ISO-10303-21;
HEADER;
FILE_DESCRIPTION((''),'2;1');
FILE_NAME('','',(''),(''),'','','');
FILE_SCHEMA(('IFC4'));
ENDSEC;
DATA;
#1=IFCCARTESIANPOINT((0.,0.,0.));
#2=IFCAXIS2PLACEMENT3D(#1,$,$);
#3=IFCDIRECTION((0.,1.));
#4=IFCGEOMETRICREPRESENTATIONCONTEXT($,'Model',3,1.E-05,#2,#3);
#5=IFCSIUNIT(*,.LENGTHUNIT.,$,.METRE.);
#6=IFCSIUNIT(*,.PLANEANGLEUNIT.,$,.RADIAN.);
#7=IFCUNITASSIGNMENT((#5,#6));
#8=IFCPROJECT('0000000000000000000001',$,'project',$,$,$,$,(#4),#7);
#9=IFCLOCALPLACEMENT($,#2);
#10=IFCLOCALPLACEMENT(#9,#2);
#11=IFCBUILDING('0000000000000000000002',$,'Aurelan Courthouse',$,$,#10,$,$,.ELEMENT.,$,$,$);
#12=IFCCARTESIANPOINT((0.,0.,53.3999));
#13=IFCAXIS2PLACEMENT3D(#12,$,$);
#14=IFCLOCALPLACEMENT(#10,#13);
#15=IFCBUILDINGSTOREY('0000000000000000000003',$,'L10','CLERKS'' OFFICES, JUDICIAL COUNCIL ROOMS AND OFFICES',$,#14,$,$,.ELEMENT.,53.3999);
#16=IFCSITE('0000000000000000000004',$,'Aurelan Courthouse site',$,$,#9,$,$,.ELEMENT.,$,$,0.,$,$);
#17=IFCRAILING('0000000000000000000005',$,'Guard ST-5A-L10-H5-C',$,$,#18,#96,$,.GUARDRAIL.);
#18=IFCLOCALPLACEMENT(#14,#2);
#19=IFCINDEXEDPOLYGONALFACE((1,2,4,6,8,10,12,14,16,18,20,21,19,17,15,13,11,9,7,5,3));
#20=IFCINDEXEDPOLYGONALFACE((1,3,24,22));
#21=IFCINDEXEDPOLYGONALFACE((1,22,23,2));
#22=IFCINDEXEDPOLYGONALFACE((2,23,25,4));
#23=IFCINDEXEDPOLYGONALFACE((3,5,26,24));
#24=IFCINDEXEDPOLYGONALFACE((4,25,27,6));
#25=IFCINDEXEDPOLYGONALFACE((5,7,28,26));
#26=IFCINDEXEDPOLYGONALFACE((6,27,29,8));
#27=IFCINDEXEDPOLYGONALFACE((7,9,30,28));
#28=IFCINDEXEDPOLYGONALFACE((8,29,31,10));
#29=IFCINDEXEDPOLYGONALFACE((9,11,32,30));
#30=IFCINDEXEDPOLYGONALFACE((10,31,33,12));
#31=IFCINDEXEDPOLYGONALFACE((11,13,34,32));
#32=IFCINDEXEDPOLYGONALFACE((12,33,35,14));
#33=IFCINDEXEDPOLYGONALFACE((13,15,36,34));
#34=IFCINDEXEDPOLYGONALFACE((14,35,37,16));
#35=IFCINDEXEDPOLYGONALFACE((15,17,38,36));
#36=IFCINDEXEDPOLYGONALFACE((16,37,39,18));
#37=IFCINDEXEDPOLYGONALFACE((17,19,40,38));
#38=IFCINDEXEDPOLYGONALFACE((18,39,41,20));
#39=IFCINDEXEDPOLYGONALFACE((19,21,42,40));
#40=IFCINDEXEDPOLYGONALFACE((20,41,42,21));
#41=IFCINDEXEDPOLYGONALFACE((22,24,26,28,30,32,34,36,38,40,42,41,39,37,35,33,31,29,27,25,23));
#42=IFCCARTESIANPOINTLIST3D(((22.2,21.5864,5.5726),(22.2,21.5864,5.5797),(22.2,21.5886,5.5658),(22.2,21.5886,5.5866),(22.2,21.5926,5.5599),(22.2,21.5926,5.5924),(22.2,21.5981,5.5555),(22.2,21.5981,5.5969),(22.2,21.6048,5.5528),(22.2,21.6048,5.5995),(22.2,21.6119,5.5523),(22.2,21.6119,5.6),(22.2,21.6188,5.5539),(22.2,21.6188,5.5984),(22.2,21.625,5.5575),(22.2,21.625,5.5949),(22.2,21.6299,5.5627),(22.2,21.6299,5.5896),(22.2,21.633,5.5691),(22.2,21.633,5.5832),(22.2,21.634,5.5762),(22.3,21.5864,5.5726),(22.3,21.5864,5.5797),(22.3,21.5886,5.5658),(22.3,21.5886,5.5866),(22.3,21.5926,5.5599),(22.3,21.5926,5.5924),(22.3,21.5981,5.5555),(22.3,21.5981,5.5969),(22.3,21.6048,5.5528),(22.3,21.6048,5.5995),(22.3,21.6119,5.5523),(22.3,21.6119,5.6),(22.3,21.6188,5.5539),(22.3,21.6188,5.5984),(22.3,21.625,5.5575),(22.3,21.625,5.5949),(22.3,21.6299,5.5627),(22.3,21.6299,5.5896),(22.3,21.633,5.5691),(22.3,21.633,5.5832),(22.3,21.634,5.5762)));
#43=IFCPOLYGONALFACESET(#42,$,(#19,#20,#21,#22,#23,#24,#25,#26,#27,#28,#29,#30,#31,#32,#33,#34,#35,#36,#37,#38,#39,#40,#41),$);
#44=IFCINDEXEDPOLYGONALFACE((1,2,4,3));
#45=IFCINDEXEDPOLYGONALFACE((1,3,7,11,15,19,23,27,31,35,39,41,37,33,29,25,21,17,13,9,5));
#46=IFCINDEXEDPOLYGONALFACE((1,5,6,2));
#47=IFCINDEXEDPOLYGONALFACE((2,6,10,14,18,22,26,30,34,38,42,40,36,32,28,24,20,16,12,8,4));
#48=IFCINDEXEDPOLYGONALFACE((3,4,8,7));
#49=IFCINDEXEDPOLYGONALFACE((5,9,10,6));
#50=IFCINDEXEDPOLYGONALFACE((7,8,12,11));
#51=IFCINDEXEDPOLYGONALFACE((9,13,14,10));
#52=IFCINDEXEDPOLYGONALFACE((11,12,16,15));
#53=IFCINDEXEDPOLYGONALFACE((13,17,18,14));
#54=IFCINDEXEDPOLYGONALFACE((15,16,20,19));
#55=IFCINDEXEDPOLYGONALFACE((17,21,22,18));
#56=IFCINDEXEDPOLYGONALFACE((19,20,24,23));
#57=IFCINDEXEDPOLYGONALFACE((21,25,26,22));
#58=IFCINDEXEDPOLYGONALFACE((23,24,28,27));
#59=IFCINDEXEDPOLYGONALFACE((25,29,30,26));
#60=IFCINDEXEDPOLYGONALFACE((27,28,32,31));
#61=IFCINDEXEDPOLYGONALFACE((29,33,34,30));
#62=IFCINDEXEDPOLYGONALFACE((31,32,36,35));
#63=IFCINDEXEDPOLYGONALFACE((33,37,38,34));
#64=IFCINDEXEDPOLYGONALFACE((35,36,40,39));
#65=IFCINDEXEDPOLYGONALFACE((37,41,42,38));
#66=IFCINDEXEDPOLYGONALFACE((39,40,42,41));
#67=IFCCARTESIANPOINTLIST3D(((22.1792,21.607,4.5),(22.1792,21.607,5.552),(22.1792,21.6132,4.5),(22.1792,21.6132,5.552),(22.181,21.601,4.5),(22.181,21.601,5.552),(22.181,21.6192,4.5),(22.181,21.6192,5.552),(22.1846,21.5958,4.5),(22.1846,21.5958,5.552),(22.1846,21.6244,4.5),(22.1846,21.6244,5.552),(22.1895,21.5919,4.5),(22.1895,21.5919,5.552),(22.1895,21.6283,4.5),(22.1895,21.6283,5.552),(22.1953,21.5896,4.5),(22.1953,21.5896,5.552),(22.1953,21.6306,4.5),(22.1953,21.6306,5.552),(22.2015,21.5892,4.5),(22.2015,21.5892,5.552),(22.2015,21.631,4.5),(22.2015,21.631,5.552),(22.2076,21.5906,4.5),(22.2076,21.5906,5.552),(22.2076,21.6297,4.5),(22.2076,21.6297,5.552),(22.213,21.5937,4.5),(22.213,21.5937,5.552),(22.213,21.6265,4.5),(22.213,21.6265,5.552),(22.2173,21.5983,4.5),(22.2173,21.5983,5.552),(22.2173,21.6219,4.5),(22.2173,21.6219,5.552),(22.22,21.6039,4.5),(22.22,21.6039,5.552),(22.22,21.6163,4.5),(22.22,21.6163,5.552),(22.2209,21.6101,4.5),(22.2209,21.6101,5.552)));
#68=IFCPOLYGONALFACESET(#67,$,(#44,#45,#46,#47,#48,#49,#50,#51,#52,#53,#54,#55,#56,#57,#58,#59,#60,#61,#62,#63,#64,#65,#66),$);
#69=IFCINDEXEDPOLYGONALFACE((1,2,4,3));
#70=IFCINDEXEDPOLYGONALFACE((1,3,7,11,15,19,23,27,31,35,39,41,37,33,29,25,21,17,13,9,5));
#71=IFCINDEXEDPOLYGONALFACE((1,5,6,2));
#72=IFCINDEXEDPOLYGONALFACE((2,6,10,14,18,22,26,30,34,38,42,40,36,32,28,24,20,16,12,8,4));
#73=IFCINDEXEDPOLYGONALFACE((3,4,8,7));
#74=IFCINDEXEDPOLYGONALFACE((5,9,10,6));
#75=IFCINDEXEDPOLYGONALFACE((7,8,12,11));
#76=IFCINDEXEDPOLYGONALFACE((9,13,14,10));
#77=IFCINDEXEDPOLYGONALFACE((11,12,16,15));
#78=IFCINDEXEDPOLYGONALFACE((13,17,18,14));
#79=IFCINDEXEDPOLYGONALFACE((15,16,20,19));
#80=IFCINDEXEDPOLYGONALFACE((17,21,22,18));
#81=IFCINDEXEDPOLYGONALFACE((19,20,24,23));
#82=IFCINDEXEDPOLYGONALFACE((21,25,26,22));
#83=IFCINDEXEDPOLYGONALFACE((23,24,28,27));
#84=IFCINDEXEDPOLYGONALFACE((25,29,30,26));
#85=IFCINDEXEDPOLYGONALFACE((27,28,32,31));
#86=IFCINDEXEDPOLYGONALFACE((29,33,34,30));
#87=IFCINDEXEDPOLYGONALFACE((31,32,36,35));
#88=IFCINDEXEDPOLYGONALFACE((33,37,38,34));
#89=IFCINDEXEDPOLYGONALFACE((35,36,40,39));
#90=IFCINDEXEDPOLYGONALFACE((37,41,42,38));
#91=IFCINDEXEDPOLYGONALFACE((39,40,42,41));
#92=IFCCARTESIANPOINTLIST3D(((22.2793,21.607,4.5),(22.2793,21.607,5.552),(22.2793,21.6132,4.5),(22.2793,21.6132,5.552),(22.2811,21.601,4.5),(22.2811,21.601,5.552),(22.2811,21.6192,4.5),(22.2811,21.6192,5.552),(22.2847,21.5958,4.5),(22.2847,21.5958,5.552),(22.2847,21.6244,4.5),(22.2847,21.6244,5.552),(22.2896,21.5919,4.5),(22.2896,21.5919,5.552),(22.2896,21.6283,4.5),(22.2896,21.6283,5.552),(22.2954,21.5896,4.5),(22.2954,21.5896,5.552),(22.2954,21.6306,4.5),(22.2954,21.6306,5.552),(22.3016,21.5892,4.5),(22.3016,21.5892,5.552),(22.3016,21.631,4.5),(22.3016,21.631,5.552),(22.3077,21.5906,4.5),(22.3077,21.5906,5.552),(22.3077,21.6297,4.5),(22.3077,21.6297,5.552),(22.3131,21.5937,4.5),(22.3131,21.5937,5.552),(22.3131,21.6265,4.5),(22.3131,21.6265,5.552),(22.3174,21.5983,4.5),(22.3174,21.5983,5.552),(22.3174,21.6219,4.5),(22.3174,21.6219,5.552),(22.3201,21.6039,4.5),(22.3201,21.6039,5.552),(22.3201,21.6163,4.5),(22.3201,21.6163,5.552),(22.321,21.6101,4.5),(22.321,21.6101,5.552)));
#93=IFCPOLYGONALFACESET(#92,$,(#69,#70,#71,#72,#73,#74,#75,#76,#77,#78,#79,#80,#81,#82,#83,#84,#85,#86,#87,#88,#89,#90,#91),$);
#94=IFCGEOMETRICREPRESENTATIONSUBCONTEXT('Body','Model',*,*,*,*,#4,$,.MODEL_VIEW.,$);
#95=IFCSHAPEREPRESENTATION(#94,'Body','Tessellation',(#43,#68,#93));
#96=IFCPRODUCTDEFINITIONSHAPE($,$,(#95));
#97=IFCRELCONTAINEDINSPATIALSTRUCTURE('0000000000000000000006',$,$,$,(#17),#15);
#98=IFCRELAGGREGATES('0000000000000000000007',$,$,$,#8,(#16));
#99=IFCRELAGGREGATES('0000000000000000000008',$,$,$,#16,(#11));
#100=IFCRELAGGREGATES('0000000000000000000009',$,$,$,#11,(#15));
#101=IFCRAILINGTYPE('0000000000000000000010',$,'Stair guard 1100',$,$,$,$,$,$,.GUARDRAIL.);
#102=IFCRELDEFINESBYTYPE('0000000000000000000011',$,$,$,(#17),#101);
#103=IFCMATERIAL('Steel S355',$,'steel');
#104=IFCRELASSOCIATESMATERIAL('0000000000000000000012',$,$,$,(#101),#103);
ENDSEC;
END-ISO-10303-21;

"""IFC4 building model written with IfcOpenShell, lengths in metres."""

from ifc_helpers import new_model, si_unit, direction, frame, origin, origin_2d, place, context, subcontext, project, spatial, circle, extrude, material, type_object, element, save


model = new_model("IFC4")

# Units and contexts
model_context = context("Model", 3, precision=1e-05, world=origin(), true_north=direction((0.0, 1.0)))
body_context = subcontext(model_context, "Body", "Model", "MODEL_VIEW")
ifc_project = project(units=[si_unit("LENGTHUNIT", "METRE"), si_unit("PLANEANGLEUNIT", "RADIAN")], contexts=[model_context])

# Site, building, storey
site_placement = place(None, origin())
site = spatial("IfcSite", under=ifc_project, at=site_placement, Name="Aurelan Courthouse site", CompositionType="ELEMENT", RefElevation=0.0)
building_placement = place(site_placement, origin())
building = spatial("IfcBuilding", under=site, at=building_placement, Name="Aurelan Courthouse", CompositionType="ELEMENT")
storey_placement = place(building_placement, frame((0.0, 0.0, 53.3999)))
storey = spatial("IfcBuildingStorey", under=building, at=storey_placement, Name="L10", Description="CLERKS' OFFICES, JUDICIAL COUNCIL ROOMS AND OFFICES", CompositionType="ELEMENT", Elevation=53.3999)

# Railing
ifc_material_1 = material(Name="Steel S355", Category="steel")
railing_type_1 = type_object("IfcRailingType", Name="Stair guard 1100", PredefinedType="GUARDRAIL", material=ifc_material_1)
railing_placement = place(storey_placement, frame((22.2, 21.6101, 4.5)))
element("IfcRailing", 1, at=railing_placement, inside=storey, type_object=railing_type_1, Name="Guard ST-5A-L10-H5-C", PredefinedType="GUARDRAIL", context=body_context, shape_type="SweptSolid", body=[
    extrude(circle(Radius=0.0239, at=origin_2d()), frame((0.0, 0.0, 1.0762), z_axis=(1.0, 0.0, 0.0), x_axis=(0.0, 1.0, 0.0)), (0.0, 0.0, 1.0), 0.1001),
    extrude(circle(Radius=0.021, at=origin_2d()), origin(), (0.0, 0.0, 1.0), 1.052),
    extrude(circle(Radius=0.021, at=origin_2d()), frame((0.1001, 0.0, 0.0)), (0.0, 0.0, 1.0), 1.052),
])

save(model, "model.ifc")
